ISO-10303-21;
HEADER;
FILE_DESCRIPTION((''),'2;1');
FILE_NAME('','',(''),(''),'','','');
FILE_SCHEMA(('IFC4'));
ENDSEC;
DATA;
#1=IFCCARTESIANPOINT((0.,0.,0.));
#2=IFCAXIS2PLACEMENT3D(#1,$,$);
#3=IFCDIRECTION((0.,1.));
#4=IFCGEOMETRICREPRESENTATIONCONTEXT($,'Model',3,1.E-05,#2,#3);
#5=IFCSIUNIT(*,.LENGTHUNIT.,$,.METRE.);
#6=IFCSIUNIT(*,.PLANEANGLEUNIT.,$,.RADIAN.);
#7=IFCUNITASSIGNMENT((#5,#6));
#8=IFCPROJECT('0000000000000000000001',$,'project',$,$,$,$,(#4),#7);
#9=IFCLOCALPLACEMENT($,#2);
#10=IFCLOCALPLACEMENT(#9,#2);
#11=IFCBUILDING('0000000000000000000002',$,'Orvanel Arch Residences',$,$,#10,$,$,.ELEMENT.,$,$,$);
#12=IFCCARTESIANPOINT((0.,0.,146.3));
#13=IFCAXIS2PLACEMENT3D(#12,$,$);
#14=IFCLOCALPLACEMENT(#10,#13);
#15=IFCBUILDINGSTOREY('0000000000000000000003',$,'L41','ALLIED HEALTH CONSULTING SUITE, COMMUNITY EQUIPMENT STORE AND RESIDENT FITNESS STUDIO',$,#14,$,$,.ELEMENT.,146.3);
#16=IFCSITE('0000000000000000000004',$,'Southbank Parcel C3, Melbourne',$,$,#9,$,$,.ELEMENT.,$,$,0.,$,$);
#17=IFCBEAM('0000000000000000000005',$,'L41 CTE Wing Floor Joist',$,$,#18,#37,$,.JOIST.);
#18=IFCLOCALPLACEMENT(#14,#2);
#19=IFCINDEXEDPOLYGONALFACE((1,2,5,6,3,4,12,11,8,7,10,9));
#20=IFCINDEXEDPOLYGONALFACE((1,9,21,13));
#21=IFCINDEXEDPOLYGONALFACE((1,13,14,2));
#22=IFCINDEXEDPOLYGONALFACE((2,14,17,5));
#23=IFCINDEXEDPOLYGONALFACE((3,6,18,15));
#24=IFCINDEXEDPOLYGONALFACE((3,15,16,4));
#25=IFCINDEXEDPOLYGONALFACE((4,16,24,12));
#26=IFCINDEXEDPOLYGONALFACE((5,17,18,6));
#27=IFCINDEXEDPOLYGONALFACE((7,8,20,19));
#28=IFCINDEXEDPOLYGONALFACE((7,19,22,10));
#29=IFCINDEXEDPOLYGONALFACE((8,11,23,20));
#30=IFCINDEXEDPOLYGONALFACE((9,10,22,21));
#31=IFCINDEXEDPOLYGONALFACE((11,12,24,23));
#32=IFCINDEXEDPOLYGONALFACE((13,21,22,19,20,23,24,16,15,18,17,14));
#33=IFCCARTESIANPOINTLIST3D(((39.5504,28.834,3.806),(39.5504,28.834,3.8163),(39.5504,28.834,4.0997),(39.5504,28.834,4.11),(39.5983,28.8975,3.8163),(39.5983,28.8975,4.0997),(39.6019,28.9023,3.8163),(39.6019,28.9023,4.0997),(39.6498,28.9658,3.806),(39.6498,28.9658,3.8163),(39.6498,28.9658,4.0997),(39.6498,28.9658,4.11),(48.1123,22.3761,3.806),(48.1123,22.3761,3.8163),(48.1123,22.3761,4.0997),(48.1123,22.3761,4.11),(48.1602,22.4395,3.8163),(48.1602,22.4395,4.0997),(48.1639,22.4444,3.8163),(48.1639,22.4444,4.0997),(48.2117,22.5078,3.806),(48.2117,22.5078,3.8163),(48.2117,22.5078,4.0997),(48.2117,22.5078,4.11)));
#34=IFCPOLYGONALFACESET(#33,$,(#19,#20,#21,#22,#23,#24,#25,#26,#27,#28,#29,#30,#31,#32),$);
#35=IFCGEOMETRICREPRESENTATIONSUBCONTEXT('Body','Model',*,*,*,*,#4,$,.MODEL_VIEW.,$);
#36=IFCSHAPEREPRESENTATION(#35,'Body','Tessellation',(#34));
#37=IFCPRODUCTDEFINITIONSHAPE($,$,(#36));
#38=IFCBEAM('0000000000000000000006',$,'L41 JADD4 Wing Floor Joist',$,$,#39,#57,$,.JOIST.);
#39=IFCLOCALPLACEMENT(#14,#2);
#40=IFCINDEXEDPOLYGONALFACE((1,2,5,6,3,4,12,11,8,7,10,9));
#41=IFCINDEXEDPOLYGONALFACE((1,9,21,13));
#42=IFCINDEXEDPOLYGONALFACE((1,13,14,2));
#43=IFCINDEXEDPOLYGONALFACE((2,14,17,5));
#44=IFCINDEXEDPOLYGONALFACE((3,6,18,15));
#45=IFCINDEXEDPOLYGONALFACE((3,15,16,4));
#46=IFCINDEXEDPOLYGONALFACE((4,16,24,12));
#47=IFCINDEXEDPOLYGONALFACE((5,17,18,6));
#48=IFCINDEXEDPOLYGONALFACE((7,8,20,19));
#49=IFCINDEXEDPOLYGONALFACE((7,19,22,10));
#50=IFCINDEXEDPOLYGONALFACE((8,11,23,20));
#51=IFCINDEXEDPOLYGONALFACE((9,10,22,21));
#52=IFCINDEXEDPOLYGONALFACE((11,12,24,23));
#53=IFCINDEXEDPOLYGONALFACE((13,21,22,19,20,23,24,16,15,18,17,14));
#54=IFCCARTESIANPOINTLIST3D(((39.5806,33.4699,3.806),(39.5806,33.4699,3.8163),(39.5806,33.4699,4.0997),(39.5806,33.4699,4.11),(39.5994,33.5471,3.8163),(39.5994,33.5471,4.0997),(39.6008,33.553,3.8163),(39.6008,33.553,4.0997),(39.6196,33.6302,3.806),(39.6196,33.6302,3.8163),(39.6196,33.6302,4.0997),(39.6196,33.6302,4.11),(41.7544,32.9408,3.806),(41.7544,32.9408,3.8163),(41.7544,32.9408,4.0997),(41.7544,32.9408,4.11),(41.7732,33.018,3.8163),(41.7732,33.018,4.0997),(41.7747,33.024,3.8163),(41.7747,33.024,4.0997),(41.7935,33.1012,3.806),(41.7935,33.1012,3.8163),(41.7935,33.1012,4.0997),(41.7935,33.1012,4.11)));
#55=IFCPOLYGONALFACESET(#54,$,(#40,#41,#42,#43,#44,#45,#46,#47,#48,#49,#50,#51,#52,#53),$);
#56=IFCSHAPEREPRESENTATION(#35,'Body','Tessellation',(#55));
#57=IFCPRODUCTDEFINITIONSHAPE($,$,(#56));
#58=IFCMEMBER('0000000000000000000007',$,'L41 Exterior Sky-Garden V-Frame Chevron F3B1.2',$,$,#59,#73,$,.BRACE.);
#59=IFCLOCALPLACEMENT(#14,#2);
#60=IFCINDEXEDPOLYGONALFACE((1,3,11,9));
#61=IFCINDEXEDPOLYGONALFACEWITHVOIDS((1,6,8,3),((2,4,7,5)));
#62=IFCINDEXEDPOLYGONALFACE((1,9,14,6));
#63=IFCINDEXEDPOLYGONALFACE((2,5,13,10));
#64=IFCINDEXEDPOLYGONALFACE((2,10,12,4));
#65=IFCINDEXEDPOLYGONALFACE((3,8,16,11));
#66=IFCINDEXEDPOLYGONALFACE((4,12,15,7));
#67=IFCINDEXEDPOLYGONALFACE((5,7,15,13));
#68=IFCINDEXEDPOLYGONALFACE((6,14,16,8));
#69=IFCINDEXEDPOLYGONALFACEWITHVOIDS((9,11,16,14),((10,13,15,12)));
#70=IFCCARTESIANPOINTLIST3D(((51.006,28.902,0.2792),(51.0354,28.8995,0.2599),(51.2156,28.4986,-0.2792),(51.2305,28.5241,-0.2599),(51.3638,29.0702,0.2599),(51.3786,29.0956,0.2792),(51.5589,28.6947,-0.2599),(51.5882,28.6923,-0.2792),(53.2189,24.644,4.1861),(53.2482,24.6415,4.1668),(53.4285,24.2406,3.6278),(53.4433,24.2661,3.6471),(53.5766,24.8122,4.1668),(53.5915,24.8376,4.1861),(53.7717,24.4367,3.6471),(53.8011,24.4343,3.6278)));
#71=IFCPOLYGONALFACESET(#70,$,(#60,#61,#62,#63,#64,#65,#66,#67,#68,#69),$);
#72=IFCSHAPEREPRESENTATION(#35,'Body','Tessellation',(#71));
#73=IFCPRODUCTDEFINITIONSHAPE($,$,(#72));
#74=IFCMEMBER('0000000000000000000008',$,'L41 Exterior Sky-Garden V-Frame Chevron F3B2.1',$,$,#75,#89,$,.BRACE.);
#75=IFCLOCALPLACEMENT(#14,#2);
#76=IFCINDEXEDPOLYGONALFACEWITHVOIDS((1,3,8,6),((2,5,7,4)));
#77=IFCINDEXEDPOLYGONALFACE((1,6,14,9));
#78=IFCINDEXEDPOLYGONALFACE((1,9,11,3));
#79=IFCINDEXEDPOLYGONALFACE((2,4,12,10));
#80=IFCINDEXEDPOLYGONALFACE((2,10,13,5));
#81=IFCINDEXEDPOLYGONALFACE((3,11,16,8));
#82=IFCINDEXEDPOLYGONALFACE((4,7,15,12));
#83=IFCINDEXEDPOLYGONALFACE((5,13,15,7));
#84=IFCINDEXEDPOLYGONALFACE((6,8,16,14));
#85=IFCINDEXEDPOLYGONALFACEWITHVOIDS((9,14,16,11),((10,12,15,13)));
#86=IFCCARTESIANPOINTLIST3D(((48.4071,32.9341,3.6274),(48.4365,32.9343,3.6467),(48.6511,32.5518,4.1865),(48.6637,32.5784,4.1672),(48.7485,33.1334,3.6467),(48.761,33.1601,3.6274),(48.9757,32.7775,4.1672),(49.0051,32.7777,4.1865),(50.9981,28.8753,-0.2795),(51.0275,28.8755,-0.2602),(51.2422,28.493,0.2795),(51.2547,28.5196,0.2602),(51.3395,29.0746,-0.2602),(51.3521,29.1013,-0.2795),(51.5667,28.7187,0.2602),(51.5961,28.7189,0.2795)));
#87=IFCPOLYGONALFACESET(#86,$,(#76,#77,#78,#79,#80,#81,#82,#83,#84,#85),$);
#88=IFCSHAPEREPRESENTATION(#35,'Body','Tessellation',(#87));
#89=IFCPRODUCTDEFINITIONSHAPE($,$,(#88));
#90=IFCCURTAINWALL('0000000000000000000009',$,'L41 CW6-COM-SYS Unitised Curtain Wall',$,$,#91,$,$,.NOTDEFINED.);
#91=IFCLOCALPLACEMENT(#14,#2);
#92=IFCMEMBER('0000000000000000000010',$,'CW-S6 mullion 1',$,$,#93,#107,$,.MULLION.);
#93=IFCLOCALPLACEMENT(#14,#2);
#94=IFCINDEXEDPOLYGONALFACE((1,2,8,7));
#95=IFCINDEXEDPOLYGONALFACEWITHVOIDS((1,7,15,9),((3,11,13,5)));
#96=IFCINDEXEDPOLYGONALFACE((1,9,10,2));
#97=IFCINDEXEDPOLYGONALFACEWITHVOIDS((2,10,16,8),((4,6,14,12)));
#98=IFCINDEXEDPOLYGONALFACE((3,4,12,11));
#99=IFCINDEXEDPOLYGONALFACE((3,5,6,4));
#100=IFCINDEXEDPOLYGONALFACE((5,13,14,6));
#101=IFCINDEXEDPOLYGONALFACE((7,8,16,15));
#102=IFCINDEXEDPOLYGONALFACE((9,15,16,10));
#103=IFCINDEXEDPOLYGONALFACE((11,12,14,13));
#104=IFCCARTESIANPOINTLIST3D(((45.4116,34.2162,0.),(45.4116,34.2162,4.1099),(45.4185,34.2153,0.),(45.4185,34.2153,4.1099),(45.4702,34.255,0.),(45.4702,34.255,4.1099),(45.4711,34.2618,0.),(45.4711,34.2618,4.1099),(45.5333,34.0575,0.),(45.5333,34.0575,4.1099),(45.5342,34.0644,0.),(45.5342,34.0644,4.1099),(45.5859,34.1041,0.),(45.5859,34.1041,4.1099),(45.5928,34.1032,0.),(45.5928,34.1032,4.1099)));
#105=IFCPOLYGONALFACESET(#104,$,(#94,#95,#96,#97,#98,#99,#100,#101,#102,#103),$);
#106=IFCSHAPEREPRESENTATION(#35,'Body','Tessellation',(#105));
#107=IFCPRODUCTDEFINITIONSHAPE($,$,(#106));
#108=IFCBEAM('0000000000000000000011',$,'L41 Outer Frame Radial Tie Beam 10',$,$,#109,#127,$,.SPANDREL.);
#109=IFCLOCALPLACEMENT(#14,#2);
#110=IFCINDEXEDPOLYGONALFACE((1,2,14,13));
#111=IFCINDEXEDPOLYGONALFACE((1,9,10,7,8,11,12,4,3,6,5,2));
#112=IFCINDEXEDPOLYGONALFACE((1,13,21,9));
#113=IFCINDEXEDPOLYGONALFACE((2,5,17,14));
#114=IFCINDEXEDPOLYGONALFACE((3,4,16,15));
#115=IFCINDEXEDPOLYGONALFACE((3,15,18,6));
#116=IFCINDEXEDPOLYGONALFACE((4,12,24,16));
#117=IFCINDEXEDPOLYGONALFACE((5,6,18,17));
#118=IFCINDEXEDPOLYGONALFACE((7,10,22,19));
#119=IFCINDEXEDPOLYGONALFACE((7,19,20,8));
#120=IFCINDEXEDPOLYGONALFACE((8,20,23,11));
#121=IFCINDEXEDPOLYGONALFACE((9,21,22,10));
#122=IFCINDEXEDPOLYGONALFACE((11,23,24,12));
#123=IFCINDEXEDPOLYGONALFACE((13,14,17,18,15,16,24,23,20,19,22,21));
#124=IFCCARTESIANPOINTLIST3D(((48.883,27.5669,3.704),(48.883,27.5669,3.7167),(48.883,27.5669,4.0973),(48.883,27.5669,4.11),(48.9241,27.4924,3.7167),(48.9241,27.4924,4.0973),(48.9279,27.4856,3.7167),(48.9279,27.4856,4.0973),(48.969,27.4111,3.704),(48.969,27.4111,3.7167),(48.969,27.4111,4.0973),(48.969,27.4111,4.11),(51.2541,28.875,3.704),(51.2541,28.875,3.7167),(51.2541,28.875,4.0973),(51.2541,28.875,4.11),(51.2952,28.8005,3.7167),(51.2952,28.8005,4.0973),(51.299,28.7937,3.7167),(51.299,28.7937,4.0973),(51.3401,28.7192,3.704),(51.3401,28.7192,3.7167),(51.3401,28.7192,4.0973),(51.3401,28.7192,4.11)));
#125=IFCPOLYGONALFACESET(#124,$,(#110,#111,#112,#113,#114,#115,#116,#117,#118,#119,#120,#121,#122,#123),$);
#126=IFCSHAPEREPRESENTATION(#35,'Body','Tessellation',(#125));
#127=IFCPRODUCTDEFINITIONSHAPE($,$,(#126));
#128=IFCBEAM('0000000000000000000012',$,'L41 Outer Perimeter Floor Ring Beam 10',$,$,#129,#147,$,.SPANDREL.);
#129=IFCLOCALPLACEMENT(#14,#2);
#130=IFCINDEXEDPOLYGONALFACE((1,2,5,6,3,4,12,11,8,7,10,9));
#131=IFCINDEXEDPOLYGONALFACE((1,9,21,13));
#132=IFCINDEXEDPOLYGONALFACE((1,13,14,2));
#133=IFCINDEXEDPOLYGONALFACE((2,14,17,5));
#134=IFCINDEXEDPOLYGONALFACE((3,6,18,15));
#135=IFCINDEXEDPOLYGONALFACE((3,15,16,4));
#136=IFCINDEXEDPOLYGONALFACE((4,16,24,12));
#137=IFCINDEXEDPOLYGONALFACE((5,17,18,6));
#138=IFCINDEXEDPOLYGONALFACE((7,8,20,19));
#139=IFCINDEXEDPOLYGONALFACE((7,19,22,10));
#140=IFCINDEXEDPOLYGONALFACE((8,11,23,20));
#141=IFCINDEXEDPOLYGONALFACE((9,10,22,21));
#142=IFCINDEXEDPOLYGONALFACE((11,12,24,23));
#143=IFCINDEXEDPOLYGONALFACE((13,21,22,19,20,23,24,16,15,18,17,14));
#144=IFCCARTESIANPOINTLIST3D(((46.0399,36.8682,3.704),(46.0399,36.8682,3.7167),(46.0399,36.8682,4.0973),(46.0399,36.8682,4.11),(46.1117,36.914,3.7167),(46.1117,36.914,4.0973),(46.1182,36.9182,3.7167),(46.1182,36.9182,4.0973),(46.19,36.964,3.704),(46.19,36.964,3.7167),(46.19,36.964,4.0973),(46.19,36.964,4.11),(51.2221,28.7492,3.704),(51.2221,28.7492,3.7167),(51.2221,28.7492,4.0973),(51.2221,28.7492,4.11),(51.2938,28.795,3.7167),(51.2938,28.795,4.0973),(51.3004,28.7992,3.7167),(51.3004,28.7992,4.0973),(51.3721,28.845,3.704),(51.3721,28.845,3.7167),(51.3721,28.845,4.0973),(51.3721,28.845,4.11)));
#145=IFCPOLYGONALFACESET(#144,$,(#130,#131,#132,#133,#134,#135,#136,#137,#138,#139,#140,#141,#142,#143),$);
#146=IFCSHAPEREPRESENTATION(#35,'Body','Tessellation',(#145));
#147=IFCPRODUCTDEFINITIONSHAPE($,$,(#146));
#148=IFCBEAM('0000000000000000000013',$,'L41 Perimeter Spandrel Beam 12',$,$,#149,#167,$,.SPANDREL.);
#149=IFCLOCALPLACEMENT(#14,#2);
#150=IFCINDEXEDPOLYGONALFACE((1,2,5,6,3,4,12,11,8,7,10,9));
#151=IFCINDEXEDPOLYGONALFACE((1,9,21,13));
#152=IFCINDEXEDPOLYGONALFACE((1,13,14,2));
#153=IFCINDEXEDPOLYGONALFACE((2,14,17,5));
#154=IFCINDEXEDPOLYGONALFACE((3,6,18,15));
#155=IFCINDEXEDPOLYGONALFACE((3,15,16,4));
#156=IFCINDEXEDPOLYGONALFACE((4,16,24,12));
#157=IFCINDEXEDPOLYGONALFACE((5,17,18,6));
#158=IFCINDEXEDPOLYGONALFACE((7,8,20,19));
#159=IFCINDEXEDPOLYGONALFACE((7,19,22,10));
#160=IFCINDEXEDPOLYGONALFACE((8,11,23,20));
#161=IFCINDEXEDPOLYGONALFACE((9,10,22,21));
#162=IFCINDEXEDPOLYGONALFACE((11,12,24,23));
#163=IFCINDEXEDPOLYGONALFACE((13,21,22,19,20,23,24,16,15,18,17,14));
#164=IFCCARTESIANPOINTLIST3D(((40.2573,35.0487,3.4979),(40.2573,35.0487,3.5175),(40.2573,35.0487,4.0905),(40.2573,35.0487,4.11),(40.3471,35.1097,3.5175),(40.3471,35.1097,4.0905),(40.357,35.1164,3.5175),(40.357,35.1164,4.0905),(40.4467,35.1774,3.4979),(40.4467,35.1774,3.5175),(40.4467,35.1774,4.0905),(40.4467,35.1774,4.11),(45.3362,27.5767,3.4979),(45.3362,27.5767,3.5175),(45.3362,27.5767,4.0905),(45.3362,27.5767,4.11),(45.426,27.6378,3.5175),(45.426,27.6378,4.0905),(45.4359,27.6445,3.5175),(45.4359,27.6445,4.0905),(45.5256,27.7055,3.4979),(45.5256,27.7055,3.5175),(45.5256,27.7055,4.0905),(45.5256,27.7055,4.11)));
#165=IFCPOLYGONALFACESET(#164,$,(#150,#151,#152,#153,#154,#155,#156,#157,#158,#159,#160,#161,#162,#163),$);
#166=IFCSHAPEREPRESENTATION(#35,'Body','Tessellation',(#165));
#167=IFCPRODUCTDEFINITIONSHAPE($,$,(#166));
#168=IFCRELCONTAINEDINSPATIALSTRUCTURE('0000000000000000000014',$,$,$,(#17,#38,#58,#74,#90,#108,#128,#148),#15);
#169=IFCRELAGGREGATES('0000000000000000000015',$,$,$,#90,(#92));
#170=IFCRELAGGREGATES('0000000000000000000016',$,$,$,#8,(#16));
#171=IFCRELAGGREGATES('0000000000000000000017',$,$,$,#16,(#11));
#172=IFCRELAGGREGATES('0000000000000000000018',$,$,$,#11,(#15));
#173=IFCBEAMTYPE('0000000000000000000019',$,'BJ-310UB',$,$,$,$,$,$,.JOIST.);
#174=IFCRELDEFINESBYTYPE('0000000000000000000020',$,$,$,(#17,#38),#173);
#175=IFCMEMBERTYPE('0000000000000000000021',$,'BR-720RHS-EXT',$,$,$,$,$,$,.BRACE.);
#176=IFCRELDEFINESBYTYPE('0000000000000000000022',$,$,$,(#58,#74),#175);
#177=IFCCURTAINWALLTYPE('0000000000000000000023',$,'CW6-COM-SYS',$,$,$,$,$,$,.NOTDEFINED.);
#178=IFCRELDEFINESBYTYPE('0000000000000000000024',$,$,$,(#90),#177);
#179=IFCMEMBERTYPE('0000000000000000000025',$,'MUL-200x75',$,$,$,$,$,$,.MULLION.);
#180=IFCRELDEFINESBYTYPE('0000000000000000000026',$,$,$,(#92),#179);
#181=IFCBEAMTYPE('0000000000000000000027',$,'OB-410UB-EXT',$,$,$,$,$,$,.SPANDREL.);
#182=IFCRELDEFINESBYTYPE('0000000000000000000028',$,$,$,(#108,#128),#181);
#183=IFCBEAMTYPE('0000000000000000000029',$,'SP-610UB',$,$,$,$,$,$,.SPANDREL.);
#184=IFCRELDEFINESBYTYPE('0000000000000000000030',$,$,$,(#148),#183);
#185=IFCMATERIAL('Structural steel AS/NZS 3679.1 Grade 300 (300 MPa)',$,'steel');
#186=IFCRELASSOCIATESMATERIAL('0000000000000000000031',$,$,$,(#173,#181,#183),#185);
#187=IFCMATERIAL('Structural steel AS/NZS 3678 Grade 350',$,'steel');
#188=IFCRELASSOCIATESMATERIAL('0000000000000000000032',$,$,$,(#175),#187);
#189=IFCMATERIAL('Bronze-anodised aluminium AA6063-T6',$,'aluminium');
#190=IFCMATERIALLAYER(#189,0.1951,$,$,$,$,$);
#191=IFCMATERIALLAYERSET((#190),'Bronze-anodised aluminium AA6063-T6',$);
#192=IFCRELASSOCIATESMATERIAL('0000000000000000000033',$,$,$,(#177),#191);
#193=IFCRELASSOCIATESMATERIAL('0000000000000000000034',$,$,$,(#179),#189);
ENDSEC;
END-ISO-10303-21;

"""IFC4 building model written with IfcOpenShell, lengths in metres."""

from ifc_helpers import new_model, si_unit, direction, frame, origin, origin_2d, place, context, subcontext, project, spatial, hollow_rectangle, i_section, extrude, material, layer, layer_set, material_profile, profile_set, type_object, element, aggregate, save


model = new_model("IFC4")

# Units and contexts
model_context = context("Model", 3, precision=1e-05, world=origin(), true_north=direction((0.0, 1.0)))
body_context = subcontext(model_context, "Body", "Model", "MODEL_VIEW")
ifc_project = project(units=[si_unit("LENGTHUNIT", "METRE"), si_unit("PLANEANGLEUNIT", "RADIAN")], contexts=[model_context])

# Site, building, storey
site_placement = place(None, origin())
site = spatial("IfcSite", under=ifc_project, at=site_placement, Name="Southbank Parcel C3, Melbourne", CompositionType="ELEMENT", RefElevation=0.0)
building_placement = place(site_placement, origin())
building = spatial("IfcBuilding", under=site, at=building_placement, Name="Orvanel Arch Residences", CompositionType="ELEMENT")
storey_placement = place(building_placement, frame((0.0, 0.0, 146.3)))
storey = spatial("IfcBuildingStorey", under=building, at=storey_placement, Name="L41", Description="ALLIED HEALTH CONSULTING SUITE, COMMUNITY EQUIPMENT STORE AND RESIDENT FITNESS STUDIO", CompositionType="ELEMENT", Elevation=146.3)

# Beams
ifc_material_1 = material(Name="Structural steel AS/NZS 3679.1 Grade 300 (300 MPa)", Category="steel")
ifc_material_profile_1 = material_profile(ifc_material_1, i_section(OverallWidth=0.165, OverallDepth=0.304, WebThickness=0.0061, FlangeThickness=0.0103, at=origin_2d()), Name="310UB40.4")
ifc_profile_set_1 = profile_set([ifc_material_profile_1], Name="Structural steel AS/NZS 3679.1 Grade 300 (300 MPa)")
beam_type_1 = type_object("IfcBeamType", Name="BJ-310UB", PredefinedType="JOIST", material=ifc_profile_set_1)
beam_1_placement = place(storey_placement, frame((39.6001, 28.8999, 3.958), z_axis=(0.798363, -0.602176, 0.0), x_axis=(0.602176, 0.798363, 0.0)))
element("IfcBeam", 1, at=beam_1_placement, inside=storey, type_object=beam_type_1, Name="L41 CTE Wing Floor Joist", PredefinedType="JOIST", context=body_context, shape_type="SweptSolid", body=[
    extrude(i_section(OverallWidth=0.165, OverallDepth=0.304, WebThickness=0.0061, FlangeThickness=0.0103, at=origin_2d()), origin(), (0.0, 0.0, 1.0), 10.7244),
])
beam_2_placement = place(storey_placement, frame((39.6001, 33.55, 3.958), z_axis=(0.971638, -0.236471, 0.0), x_axis=(0.236471, 0.971638, 0.0)))
element("IfcBeam", 2, at=beam_2_placement, inside=storey, type_object=beam_type_1, Name="L41 JADD4 Wing Floor Joist", PredefinedType="JOIST", context=body_context, shape_type="SweptSolid", body=[
    extrude(i_section(OverallWidth=0.165, OverallDepth=0.304, WebThickness=0.0061, FlangeThickness=0.0103, at=origin_2d()), origin(), (0.0, 0.0, 1.0), 2.2373),
])

# Members
ifc_material_2 = material(Name="Structural steel AS/NZS 3678 Grade 350", Category="steel")
ifc_material_profile_2 = material_profile(ifc_material_2, hollow_rectangle(XDim=0.4199, YDim=0.72, WallThickness=0.0249, at=origin_2d()), Name="RHS720x420x25")
ifc_profile_set_2 = profile_set([ifc_material_profile_2], Name="Structural steel AS/NZS 3678 Grade 350")
member_type_1 = type_object("IfcMemberType", Name="BR-720RHS-EXT", PredefinedType="BRACE", material=ifc_profile_set_2)
member_1_placement = place(storey_placement, frame((51.2971, 28.7971, 0.0), z_axis=(0.357605, -0.688105, 0.631371), x_axis=(0.887328, 0.46114, 0.0)))
element("IfcMember", 3, at=member_1_placement, inside=storey, type_object=member_type_1, Name="L41 Exterior Sky-Garden V-Frame Chevron F3B1.2", PredefinedType="BRACE", context=body_context, shape_type="SweptSolid", body=[
    extrude(hollow_rectangle(XDim=0.4199, YDim=0.72, WallThickness=0.0249, at=origin_2d()), origin(), (0.0, 0.0, 1.0), 6.188),
])
member_2_placement = place(storey_placement, frame((51.2971, 28.7971, 0.0), z_axis=(-0.417847, 0.654547, 0.630058), x_axis=(-0.842892, -0.538082, 0.0)))
element("IfcMember", 4, at=member_2_placement, inside=storey, type_object=member_type_1, Name="L41 Exterior Sky-Garden V-Frame Chevron F3B2.1", PredefinedType="BRACE", context=body_context, shape_type="SweptSolid", body=[
    extrude(hollow_rectangle(XDim=0.4199, YDim=0.72, WallThickness=0.0249, at=origin_2d()), origin(), (0.0, 0.0, 1.0), 6.2009),
])

# Curtain wall, member
ifc_material_3 = material(Name="Bronze-anodised aluminium AA6063-T6", Category="aluminium")
ifc_layer_1 = layer(ifc_material_3, 0.1951)
ifc_layer_set_1 = layer_set([ifc_layer_1], Name="Bronze-anodised aluminium AA6063-T6")
curtain_wall_type = type_object("IfcCurtainWallType", Name="CW6-COM-SYS", PredefinedType="NOTDEFINED", material=ifc_layer_set_1)
curtain_wall_placement = place(storey_placement, origin())
curtain_wall = element("IfcCurtainWall", 5, at=curtain_wall_placement, inside=storey, type_object=curtain_wall_type, Name="L41 CW6-COM-SYS Unitised Curtain Wall", PredefinedType="NOTDEFINED")
ifc_material_profile_3 = material_profile(ifc_material_3, hollow_rectangle(XDim=0.075, YDim=0.2, WallThickness=0.0049, at=origin_2d()), Name="ALU200x75x5")
ifc_profile_set_3 = profile_set([ifc_material_profile_3], Name="Bronze-anodised aluminium AA6063-T6")
member_type_2 = type_object("IfcMemberType", Name="MUL-200x75", PredefinedType="MULLION", material=ifc_profile_set_3)
member_3_placement = place(storey_placement, frame((45.5022, 34.1597, 0.0), z_axis=(0.0, 0.0, 1.0), x_axis=(-0.7934, -0.6087, 0.0)))
member_3 = element("IfcMember", 6, at=member_3_placement, type_object=member_type_2, Name="CW-S6 mullion 1", PredefinedType="MULLION", context=body_context, shape_type="SweptSolid", body=[
    extrude(hollow_rectangle(XDim=0.075, YDim=0.2, WallThickness=0.0049, at=origin_2d()), origin(), (0.0, 0.0, 1.0), 4.1099),
])

# Beams
ifc_material_profile_4 = material_profile(ifc_material_1, i_section(OverallWidth=0.178, OverallDepth=0.406, WebThickness=0.0078, FlangeThickness=0.0127, at=origin_2d()), Name="410UB59.7")
ifc_profile_set_4 = profile_set([ifc_material_profile_4], Name="Structural steel AS/NZS 3679.1 Grade 300 (300 MPa)")
beam_type_2 = type_object("IfcBeamType", Name="OB-410UB-EXT", PredefinedType="SPANDREL", material=ifc_profile_set_4)
beam_3_placement = place(storey_placement, frame((48.926, 27.489, 3.907), z_axis=(0.875591, 0.483054, 0.0), x_axis=(-0.483054, 0.875591, 0.0)))
element("IfcBeam", 7, at=beam_3_placement, inside=storey, type_object=beam_type_2, Name="L41 Outer Frame Radial Tie Beam 10", PredefinedType="SPANDREL", context=body_context, shape_type="SweptSolid", body=[
    extrude(i_section(OverallWidth=0.178, OverallDepth=0.406, WebThickness=0.0078, FlangeThickness=0.0127, at=origin_2d()), origin(), (0.0, 0.0, 1.0), 2.708),
])
beam_4_placement = place(storey_placement, frame((51.2971, 28.7971, 3.907), z_axis=(-0.538025, 0.842929, 0.0), x_axis=(-0.842929, -0.538025, 0.0)))
element("IfcBeam", 8, at=beam_4_placement, inside=storey, type_object=beam_type_2, Name="L41 Outer Perimeter Floor Ring Beam 10", PredefinedType="SPANDREL", context=body_context, shape_type="SweptSolid", body=[
    extrude(i_section(OverallWidth=0.178, OverallDepth=0.406, WebThickness=0.0078, FlangeThickness=0.0127, at=origin_2d()), origin(), (0.0, 0.0, 1.0), 9.6318),
])
ifc_material_profile_5 = material_profile(ifc_material_1, i_section(OverallWidth=0.229, OverallDepth=0.6121, WebThickness=0.012, FlangeThickness=0.0195, at=origin_2d()), Name="610UB125")
ifc_profile_set_5 = profile_set([ifc_material_profile_5], Name="Structural steel AS/NZS 3679.1 Grade 300 (300 MPa)")
beam_type_3 = type_object("IfcBeamType", Name="SP-610UB", PredefinedType="SPANDREL", material=ifc_profile_set_5)
beam_5_placement = place(storey_placement, frame((45.4309, 27.6411, 3.804), z_axis=(-0.562155, 0.827032, 0.0), x_axis=(-0.827032, -0.562155, 0.0)))
element("IfcBeam", 9, at=beam_5_placement, inside=storey, type_object=beam_type_3, Name="L41 Perimeter Spandrel Beam 12", PredefinedType="SPANDREL", context=body_context, shape_type="SweptSolid", body=[
    extrude(i_section(OverallWidth=0.229, OverallDepth=0.6121, WebThickness=0.012, FlangeThickness=0.0195, at=origin_2d()), origin(), (0.0, 0.0, 1.0), 9.0347),
])

aggregate(curtain_wall, [member_3])

save(model, "model.ifc")
